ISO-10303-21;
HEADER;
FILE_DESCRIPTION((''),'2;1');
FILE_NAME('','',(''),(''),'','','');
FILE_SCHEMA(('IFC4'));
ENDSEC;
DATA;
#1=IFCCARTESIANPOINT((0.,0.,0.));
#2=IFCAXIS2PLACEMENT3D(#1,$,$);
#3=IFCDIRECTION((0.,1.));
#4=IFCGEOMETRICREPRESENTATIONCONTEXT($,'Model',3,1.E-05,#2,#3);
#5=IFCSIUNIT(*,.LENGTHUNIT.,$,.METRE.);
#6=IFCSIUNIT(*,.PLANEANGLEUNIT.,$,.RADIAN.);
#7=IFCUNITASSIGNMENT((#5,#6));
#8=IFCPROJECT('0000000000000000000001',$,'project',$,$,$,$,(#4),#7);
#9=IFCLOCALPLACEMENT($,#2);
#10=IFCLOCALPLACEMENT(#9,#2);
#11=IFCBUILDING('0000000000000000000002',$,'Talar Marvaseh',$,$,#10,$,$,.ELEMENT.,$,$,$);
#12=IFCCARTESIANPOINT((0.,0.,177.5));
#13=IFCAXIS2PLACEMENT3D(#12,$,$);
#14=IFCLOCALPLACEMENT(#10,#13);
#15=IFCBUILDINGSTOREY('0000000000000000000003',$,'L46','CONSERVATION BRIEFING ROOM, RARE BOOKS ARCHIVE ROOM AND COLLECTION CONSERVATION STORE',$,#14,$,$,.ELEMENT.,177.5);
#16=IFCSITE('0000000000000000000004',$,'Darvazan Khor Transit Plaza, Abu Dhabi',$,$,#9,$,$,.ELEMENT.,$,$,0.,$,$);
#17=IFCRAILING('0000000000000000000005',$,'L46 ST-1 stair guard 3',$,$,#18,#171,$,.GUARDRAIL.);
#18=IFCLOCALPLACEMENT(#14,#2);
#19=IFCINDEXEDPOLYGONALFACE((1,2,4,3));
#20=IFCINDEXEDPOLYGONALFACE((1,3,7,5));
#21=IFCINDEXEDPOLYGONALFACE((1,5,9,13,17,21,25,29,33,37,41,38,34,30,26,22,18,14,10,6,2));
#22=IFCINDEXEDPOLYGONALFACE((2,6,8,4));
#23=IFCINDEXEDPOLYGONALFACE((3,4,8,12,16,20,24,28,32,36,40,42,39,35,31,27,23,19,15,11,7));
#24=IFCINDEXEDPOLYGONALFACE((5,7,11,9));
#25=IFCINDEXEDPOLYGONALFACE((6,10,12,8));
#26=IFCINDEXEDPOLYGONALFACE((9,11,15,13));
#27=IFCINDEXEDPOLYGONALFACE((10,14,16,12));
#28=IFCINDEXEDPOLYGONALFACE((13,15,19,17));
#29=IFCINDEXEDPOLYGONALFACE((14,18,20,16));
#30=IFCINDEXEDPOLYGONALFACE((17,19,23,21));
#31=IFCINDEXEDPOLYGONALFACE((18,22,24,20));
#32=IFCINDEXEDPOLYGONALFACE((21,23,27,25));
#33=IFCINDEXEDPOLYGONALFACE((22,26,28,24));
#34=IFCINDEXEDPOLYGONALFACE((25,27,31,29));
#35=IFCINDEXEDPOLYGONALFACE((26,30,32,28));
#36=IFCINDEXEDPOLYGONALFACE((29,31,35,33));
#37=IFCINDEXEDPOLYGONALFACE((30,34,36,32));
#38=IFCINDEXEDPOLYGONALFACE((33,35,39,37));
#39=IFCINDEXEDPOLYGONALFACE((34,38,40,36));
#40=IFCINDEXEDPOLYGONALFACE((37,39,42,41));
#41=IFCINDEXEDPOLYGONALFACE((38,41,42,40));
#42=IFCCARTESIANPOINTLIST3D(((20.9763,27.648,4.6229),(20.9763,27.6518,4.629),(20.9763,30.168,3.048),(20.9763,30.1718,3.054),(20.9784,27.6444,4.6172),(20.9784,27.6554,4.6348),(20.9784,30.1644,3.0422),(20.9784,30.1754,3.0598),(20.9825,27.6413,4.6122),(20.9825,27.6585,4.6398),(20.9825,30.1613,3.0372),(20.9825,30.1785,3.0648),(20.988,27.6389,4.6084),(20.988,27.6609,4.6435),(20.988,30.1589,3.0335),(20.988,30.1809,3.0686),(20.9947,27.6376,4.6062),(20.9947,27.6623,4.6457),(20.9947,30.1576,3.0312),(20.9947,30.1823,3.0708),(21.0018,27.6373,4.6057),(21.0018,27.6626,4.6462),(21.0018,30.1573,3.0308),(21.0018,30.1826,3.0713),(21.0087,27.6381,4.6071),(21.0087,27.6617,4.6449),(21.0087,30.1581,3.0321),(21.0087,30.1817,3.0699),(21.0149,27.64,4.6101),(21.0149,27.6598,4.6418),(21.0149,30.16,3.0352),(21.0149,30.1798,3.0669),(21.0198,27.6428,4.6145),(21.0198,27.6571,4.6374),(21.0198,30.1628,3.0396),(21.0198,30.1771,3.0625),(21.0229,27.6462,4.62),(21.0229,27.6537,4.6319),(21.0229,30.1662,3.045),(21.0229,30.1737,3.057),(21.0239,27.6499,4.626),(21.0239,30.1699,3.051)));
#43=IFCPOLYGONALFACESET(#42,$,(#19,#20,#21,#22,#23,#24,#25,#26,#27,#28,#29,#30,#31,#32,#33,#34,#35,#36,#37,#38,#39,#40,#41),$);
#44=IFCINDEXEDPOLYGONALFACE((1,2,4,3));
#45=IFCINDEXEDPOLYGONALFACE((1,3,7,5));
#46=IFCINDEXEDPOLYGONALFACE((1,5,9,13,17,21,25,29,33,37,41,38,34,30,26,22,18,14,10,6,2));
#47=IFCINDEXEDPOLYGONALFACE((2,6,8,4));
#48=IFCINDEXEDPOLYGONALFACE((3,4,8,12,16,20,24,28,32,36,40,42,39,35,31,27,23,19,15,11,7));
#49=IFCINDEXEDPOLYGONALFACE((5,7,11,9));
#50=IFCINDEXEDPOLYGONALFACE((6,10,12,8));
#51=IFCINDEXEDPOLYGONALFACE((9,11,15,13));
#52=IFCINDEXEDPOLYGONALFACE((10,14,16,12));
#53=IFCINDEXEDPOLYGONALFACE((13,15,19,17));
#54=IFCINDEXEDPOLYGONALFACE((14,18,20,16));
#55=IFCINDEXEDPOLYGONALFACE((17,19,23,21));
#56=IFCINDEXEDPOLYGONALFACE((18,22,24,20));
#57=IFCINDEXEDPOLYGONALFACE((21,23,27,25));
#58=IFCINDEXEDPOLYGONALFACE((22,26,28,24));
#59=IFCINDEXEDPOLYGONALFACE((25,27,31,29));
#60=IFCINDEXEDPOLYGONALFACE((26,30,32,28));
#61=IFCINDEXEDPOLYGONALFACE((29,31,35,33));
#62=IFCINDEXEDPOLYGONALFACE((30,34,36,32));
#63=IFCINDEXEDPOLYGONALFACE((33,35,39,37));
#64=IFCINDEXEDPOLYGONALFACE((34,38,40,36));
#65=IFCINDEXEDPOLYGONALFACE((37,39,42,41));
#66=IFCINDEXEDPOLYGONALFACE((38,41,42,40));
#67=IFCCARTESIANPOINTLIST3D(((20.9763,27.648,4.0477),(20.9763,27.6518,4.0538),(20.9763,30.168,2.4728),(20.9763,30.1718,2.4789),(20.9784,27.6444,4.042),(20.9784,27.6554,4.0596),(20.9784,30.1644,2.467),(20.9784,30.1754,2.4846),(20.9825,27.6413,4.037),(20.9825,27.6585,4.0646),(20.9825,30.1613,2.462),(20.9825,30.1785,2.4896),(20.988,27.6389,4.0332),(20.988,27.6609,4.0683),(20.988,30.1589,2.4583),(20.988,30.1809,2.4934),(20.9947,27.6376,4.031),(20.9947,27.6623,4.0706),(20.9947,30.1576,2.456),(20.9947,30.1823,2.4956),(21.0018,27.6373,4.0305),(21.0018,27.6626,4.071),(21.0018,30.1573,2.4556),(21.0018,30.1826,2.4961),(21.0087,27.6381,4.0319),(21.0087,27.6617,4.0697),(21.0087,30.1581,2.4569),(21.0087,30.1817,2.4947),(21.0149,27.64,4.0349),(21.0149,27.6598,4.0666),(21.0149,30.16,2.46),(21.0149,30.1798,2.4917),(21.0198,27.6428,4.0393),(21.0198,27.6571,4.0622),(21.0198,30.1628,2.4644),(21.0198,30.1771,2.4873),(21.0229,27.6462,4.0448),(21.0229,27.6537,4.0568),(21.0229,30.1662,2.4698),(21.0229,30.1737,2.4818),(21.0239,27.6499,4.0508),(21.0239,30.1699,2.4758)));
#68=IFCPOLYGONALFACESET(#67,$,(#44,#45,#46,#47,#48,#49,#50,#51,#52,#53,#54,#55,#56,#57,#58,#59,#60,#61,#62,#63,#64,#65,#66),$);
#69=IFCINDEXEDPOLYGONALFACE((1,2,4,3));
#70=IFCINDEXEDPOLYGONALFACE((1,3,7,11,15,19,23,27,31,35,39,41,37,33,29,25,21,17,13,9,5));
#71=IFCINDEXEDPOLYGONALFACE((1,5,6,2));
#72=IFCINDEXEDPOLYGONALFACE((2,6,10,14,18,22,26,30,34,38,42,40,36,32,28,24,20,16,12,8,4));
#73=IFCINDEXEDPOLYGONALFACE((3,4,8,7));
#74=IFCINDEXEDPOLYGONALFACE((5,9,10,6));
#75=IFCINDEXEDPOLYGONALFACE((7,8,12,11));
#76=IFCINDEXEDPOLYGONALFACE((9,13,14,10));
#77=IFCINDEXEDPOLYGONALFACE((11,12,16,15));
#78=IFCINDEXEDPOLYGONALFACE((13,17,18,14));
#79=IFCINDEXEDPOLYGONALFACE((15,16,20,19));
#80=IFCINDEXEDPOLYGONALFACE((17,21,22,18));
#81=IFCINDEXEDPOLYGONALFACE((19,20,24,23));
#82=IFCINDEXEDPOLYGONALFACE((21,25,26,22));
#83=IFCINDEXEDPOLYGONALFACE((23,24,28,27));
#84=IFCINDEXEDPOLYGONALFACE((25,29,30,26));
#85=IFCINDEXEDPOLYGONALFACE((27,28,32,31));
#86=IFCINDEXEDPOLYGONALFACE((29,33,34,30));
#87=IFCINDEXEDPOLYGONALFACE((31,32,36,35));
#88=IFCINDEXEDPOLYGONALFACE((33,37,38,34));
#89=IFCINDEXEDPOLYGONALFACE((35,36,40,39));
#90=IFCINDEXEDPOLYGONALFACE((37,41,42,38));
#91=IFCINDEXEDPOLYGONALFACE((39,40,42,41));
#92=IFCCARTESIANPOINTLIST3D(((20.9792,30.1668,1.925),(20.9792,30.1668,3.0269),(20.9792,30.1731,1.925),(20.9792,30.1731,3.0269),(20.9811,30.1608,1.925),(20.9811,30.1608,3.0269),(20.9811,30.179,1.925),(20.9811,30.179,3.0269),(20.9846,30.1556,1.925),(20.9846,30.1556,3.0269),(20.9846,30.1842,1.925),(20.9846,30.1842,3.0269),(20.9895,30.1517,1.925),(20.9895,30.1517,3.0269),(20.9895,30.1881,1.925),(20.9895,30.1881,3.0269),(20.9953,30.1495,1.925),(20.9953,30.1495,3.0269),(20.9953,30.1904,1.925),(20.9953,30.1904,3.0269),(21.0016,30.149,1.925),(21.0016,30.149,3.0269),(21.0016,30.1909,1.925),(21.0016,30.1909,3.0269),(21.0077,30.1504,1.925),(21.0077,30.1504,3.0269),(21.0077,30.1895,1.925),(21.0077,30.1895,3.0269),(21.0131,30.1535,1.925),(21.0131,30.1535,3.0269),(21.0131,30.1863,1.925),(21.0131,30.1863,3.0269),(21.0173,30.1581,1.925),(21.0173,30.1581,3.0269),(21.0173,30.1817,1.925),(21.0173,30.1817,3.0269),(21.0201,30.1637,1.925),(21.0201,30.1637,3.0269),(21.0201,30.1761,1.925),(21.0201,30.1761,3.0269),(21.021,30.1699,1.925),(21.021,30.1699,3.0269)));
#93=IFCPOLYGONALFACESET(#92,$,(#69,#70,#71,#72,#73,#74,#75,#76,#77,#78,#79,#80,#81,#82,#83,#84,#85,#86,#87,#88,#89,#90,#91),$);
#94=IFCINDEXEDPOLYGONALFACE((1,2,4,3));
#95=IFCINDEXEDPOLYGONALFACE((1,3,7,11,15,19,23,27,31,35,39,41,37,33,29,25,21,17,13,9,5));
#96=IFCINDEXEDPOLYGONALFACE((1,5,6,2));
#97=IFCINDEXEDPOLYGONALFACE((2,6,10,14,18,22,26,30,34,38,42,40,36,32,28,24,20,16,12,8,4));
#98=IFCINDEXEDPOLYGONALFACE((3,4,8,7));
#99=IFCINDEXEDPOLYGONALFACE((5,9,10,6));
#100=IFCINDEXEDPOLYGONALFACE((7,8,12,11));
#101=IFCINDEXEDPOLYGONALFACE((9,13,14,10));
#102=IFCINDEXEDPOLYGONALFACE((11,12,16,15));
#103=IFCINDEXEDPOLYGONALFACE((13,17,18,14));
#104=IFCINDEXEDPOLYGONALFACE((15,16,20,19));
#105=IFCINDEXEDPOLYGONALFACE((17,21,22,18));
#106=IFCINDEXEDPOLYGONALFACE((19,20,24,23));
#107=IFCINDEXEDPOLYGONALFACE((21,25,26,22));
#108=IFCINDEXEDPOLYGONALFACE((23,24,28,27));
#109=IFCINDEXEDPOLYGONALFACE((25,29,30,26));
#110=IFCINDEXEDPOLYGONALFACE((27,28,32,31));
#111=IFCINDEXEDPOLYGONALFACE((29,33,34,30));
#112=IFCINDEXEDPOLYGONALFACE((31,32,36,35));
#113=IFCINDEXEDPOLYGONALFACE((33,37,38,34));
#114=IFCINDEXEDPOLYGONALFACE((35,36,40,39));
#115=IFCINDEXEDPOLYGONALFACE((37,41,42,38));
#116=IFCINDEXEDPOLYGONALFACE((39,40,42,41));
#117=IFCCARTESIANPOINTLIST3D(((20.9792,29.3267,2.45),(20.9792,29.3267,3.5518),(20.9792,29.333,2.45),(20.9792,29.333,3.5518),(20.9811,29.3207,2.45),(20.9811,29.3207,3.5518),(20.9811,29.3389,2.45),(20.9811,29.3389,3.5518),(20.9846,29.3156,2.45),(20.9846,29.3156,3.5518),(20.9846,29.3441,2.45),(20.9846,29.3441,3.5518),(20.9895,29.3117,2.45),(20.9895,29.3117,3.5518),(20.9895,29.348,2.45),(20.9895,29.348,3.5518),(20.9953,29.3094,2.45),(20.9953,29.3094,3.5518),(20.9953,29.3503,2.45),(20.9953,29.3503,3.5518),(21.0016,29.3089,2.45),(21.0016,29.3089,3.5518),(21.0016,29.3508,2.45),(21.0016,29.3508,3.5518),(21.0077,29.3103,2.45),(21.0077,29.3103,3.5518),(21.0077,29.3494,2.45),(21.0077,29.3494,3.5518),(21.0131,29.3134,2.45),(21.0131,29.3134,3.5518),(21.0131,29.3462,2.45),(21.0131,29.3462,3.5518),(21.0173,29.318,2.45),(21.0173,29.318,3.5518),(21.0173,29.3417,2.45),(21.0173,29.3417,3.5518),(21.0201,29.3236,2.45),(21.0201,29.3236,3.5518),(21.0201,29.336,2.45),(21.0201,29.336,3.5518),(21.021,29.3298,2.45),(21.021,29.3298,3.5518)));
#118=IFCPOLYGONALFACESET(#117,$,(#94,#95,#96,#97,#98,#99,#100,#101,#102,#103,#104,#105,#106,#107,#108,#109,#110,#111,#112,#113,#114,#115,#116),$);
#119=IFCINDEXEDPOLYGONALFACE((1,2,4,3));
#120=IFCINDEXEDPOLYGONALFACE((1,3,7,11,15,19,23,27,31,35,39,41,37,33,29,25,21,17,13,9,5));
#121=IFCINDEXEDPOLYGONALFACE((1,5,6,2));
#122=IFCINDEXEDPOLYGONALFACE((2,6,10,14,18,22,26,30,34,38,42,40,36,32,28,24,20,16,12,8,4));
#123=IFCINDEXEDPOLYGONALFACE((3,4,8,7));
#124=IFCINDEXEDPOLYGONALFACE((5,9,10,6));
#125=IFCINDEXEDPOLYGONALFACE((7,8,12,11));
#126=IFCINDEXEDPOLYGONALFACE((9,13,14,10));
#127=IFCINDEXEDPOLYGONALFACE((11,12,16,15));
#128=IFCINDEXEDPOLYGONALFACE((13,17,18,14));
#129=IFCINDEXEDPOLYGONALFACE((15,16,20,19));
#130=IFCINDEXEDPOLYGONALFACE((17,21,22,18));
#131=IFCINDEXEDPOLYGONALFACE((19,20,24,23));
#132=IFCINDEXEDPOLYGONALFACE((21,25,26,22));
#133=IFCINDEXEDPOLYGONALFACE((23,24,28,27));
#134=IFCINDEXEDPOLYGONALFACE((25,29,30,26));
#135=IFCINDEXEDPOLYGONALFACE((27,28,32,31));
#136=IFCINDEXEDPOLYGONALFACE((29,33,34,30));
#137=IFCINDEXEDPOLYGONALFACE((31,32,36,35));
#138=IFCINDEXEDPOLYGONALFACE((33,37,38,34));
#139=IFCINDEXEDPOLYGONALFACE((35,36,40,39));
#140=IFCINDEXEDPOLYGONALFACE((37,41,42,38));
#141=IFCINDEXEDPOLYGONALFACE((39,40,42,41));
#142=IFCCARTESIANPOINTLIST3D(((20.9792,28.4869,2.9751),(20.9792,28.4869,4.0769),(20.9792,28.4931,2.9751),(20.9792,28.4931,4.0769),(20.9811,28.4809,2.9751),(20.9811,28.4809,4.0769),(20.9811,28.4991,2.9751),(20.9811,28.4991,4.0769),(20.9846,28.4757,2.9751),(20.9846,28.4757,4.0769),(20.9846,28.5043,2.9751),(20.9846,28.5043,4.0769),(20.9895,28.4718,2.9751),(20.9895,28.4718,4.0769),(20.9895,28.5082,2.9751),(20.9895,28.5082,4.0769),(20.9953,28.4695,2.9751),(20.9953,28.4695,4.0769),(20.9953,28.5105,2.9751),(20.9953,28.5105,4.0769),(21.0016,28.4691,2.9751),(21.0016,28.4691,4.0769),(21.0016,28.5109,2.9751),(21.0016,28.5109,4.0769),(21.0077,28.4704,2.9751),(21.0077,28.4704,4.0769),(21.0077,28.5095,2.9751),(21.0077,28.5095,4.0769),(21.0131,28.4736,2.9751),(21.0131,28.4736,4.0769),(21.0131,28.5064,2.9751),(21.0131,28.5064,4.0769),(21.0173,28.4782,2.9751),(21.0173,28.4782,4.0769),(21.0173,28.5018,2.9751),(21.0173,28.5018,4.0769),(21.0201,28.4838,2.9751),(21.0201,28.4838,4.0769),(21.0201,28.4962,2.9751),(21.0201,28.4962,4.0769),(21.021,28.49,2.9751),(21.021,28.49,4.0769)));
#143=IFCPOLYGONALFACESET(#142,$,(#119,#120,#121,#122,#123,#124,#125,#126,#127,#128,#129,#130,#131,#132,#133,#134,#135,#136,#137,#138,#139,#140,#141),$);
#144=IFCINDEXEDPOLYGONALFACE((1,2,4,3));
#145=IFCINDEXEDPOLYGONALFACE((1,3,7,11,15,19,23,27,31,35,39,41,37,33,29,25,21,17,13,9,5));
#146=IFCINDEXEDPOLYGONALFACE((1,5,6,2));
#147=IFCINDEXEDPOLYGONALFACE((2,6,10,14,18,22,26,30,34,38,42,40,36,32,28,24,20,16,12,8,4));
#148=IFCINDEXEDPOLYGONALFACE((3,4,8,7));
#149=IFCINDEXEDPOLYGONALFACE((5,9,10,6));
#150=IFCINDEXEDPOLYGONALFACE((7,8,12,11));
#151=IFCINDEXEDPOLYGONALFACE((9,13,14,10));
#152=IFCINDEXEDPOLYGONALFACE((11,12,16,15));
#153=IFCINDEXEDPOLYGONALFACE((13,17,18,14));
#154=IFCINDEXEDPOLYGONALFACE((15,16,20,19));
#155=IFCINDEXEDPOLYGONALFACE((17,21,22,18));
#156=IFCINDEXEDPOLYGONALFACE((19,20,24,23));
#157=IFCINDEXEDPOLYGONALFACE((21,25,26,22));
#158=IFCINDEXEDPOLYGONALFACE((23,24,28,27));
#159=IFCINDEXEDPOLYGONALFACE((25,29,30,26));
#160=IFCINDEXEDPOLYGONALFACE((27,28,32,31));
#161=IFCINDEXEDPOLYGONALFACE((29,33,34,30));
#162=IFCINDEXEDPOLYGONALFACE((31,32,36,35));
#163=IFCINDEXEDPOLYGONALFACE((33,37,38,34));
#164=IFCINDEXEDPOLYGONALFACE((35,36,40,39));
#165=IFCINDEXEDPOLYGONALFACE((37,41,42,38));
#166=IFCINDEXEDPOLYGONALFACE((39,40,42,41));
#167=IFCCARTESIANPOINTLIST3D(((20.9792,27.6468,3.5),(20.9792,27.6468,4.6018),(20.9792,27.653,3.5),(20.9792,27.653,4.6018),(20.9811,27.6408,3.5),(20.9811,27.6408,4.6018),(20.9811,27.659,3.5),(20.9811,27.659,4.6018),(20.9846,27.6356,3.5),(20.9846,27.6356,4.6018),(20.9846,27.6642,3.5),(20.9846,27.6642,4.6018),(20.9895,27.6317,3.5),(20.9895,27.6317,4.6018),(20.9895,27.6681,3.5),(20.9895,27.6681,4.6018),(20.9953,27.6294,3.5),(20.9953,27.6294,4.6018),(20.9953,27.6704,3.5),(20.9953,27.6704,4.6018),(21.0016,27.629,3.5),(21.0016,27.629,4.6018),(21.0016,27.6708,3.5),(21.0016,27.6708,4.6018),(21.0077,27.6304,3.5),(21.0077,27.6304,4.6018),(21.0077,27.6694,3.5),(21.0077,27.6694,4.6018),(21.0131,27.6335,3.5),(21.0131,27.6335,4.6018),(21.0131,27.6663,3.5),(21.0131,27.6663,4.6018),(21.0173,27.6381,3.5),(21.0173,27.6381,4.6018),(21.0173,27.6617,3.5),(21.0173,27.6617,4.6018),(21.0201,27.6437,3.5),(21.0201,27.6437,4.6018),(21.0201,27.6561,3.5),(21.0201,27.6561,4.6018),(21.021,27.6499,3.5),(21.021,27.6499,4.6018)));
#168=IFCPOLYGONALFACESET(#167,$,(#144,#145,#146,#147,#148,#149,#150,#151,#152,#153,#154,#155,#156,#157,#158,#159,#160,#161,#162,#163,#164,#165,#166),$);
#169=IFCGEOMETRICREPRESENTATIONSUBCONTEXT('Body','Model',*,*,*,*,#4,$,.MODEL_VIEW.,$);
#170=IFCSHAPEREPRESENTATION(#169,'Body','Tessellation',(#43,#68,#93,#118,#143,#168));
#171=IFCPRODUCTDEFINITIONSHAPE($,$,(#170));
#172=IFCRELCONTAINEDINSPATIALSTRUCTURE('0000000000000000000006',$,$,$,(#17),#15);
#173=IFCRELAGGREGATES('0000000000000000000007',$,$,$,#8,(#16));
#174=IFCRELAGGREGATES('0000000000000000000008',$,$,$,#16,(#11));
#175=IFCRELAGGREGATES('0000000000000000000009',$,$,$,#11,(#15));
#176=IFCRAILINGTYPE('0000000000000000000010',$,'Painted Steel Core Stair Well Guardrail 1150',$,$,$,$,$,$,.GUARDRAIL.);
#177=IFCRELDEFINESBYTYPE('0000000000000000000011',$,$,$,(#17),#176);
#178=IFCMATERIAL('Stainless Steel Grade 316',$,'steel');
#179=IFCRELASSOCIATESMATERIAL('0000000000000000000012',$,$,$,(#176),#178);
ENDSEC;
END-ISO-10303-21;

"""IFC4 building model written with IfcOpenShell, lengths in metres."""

from ifc_helpers import new_model, si_unit, direction, frame, origin, origin_2d, place, context, subcontext, project, spatial, circle, extrude, material, type_object, element, save


model = new_model("IFC4")

# Units and contexts
model_context = context("Model", 3, precision=1e-05, world=origin(), true_north=direction((0.0, 1.0)))
body_context = subcontext(model_context, "Body", "Model", "MODEL_VIEW")
ifc_project = project(units=[si_unit("LENGTHUNIT", "METRE"), si_unit("PLANEANGLEUNIT", "RADIAN")], contexts=[model_context])

# Site, building, storey
site_placement = place(None, origin())
site = spatial("IfcSite", under=ifc_project, at=site_placement, Name="Darvazan Khor Transit Plaza, Abu Dhabi", CompositionType="ELEMENT", RefElevation=0.0)
building_placement = place(site_placement, origin())
building = spatial("IfcBuilding", under=site, at=building_placement, Name="Talar Marvaseh", CompositionType="ELEMENT")
storey_placement = place(building_placement, frame((0.0, 0.0, 177.5)))
storey = spatial("IfcBuildingStorey", under=building, at=storey_placement, Name="L46", Description="CONSERVATION BRIEFING ROOM, RARE BOOKS ARCHIVE ROOM AND COLLECTION CONSERVATION STORE", CompositionType="ELEMENT", Elevation=177.5)

# Railing
ifc_material_1 = material(Name="Stainless Steel Grade 316", Category="steel")
railing_type_1 = type_object("IfcRailingType", Name="Painted Steel Core Stair Well Guardrail 1150", PredefinedType="GUARDRAIL", material=ifc_material_1)
railing_1_placement = place(storey_placement, frame((21.0, 30.1699, 1.925)))
element("IfcRailing", 1, at=railing_1_placement, inside=storey, type_object=railing_type_1, Name="L46 ST-1 stair guard 3", PredefinedType="GUARDRAIL", context=body_context, shape_type="SweptSolid", body=[
    extrude(circle(Radius=0.0239, at=origin_2d()), frame((0.0, 0.0, 1.126), z_axis=(0.0, -0.848008, 0.529984), x_axis=(1.0, 0.0, 0.0)), (0.0, 0.0, 1.0), 2.9717),
    extrude(circle(Radius=0.0239, at=origin_2d()), frame((0.0, 0.0, 0.5508), z_axis=(0.0, -0.848008, 0.529984), x_axis=(1.0, 0.0, 0.0)), (0.0, 0.0, 1.0), 2.9717),
    extrude(circle(Radius=0.021, at=origin_2d()), origin(), (0.0, 0.0, 1.0), 1.1018),
    extrude(circle(Radius=0.021, at=origin_2d()), frame((0.0, -0.8401, 0.5249)), (0.0, 0.0, 1.0), 1.1018),
    extrude(circle(Radius=0.021, at=origin_2d()), frame((0.0, -1.6799, 1.05)), (0.0, 0.0, 1.0), 1.1018),
    extrude(circle(Radius=0.021, at=origin_2d()), frame((0.0, -2.52, 1.575)), (0.0, 0.0, 1.0), 1.1018),
])

save(model, "model.ifc")
